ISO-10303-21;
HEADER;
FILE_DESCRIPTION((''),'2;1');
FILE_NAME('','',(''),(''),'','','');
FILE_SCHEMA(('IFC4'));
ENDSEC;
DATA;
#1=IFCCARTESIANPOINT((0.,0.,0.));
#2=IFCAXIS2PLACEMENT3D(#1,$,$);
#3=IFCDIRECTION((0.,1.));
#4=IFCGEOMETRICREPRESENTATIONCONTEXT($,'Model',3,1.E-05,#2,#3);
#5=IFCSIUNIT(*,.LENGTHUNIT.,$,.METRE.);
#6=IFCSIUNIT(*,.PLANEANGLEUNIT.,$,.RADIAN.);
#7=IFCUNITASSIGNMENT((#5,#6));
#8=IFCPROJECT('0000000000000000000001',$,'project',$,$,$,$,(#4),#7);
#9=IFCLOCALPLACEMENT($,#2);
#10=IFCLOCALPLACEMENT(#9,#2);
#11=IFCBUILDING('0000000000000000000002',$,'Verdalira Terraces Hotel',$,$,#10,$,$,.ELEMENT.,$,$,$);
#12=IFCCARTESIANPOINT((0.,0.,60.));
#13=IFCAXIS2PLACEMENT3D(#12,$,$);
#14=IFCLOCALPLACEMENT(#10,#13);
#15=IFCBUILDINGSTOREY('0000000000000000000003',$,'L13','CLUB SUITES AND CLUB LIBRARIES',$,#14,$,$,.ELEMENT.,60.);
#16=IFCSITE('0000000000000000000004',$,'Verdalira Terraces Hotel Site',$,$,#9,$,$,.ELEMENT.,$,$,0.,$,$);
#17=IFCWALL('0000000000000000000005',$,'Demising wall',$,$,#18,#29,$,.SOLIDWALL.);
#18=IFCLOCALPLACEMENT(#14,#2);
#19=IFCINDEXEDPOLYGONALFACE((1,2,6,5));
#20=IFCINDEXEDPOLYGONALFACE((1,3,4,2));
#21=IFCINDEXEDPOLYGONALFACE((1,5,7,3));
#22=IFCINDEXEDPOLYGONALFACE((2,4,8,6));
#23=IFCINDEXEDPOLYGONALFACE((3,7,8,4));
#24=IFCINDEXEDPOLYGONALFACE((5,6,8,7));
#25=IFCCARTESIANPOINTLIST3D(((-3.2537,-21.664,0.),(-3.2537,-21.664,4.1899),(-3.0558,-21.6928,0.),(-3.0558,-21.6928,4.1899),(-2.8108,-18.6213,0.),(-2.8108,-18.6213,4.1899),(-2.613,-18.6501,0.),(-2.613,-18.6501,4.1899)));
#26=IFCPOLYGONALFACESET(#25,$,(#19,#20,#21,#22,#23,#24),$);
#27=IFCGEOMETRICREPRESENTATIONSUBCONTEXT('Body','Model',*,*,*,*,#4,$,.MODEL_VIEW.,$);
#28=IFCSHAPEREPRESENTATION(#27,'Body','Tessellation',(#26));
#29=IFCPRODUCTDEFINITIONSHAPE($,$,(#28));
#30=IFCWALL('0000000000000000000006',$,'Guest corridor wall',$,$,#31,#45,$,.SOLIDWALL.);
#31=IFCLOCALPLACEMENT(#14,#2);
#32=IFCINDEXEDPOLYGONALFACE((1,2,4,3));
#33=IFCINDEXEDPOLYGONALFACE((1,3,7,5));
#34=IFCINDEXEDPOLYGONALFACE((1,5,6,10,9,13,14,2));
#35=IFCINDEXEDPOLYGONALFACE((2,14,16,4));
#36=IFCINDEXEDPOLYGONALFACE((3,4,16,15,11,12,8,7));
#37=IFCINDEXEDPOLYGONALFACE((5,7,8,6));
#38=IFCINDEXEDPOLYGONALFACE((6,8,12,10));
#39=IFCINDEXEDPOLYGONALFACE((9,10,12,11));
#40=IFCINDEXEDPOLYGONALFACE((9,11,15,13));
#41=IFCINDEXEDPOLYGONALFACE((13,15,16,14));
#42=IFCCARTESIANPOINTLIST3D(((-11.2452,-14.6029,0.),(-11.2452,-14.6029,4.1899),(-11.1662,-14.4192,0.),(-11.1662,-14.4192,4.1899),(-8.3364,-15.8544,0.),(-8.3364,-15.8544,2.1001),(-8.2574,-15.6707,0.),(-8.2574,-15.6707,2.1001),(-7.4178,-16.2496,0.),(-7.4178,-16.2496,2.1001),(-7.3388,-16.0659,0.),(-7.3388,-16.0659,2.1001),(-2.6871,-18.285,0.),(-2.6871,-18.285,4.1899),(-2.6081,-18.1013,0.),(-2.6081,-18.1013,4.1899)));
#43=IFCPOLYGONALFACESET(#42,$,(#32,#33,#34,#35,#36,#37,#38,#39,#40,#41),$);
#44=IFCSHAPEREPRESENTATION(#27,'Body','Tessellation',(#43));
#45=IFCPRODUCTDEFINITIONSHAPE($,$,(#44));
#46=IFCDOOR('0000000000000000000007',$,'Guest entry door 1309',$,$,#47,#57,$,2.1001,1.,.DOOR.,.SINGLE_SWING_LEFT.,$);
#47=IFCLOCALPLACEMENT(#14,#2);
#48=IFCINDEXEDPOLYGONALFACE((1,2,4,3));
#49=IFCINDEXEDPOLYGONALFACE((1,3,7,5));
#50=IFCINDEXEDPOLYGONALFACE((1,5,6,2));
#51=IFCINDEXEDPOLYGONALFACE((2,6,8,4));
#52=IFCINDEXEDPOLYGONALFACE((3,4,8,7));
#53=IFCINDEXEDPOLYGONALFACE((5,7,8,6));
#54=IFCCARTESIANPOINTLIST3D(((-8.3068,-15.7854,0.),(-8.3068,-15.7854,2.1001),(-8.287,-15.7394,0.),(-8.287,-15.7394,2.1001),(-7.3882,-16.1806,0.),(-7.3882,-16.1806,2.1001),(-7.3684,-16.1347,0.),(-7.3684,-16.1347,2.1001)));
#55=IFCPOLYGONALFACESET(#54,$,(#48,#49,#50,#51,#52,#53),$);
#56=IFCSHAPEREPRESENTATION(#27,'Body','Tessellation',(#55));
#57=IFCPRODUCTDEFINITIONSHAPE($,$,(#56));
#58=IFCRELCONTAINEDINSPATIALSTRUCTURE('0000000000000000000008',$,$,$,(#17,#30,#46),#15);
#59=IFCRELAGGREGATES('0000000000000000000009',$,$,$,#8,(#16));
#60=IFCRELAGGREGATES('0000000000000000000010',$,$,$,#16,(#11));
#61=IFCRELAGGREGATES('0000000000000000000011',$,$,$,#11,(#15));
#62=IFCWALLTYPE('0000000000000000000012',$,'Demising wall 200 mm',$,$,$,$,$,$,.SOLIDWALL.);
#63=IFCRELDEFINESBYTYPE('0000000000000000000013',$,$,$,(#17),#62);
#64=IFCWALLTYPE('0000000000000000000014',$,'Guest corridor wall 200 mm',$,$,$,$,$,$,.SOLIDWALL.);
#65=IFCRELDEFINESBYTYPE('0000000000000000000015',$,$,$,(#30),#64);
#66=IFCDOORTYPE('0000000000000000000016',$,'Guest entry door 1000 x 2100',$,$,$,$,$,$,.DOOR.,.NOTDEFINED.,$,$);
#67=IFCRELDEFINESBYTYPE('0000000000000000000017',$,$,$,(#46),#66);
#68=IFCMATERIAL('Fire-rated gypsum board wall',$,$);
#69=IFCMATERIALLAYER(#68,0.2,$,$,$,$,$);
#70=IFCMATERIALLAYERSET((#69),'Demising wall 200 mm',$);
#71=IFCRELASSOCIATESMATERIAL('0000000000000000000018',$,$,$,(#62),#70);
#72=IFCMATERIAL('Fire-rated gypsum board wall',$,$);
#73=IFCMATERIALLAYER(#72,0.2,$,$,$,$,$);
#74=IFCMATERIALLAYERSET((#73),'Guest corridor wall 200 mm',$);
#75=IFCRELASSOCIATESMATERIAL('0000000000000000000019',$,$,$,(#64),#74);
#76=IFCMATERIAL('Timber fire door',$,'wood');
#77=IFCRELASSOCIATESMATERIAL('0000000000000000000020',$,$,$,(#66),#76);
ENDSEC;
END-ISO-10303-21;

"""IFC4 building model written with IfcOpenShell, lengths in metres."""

from ifc_helpers import new_model, si_unit, direction, frame, frame_2d, origin, place, context, subcontext, project, spatial, rectangle, extrude, material, layer, layer_set, type_object, element, fill, save


model = new_model("IFC4")

# Units and contexts
model_context = context("Model", 3, precision=1e-05, world=origin(), true_north=direction((0.0, 1.0)))
body_context = subcontext(model_context, "Body", "Model", "MODEL_VIEW")
ifc_project = project(units=[si_unit("LENGTHUNIT", "METRE"), si_unit("PLANEANGLEUNIT", "RADIAN")], contexts=[model_context])

# Site, building, storey
site_placement = place(None, origin())
site = spatial("IfcSite", under=ifc_project, at=site_placement, Name="Verdalira Terraces Hotel Site", CompositionType="ELEMENT", RefElevation=0.0)
building_placement = place(site_placement, origin())
building = spatial("IfcBuilding", under=site, at=building_placement, Name="Verdalira Terraces Hotel", CompositionType="ELEMENT")
storey_placement = place(building_placement, frame((0.0, 0.0, 60.0)))
storey = spatial("IfcBuildingStorey", under=building, at=storey_placement, Name="L13", Description="CLUB SUITES AND CLUB LIBRARIES", CompositionType="ELEMENT", Elevation=60.0)

# Wall
ifc_material_1 = material(Name="Fire-rated gypsum board wall")
ifc_layer_1 = layer(ifc_material_1, 0.2)
ifc_layer_set_1 = layer_set([ifc_layer_1], Name="Demising wall 200 mm")
wall_type_1 = type_object("IfcWallType", Name="Demising wall 200 mm", PredefinedType="SOLIDWALL", material=ifc_layer_set_1)
for number, where, z_axis, x_axis, name in (
    (1, (-2.7119, -18.6357, 0.0), (0.0, 0.0, 1.0), (-0.144033, -0.989573, 0.0), "Demising wall"),
):
    element("IfcWall", number, at=place(storey_placement, frame(where, z_axis=z_axis, x_axis=x_axis)), inside=storey, type_object=wall_type_1, Name=name, PredefinedType="SOLIDWALL", context=body_context, shape_type="SweptSolid", body=[
        extrude(rectangle(XDim=3.0747, YDim=0.2, at=frame_2d((1.5374, 0.0))), origin(), (0.0, 0.0, 1.0), 4.1899),
    ])

# Wall, opening, door
ifc_material_2 = material(Name="Fire-rated gypsum board wall")
ifc_layer_2 = layer(ifc_material_2, 0.2)
ifc_layer_set_2 = layer_set([ifc_layer_2], Name="Guest corridor wall 200 mm")
wall_type_2 = type_object("IfcWallType", Name="Guest corridor wall 200 mm", PredefinedType="SOLIDWALL", material=ifc_layer_set_2)
wall_1_placement = place(storey_placement, frame((-2.6477, -18.1931, 0.0), z_axis=(0.0, 0.0, 1.0), x_axis=(-0.918586, 0.395222, 0.0)))
wall_1 = element("IfcWall", 2, at=wall_1_placement, inside=storey, type_object=wall_type_2, Name="Guest corridor wall", PredefinedType="SOLIDWALL", context=body_context, shape_type="SweptSolid", body=[
    extrude(rectangle(XDim=9.3166, YDim=0.2, at=frame_2d((4.6582, 0.0))), origin(), (0.0, 0.0, 1.0), 4.1899),
])
opening_1_placement = place(wall_1_placement, frame((5.1499, 0.0, 0.0)))
opening_1 = element("IfcOpeningElement", 3, at=opening_1_placement, cuts=wall_1, PredefinedType="OPENING", context=body_context, shape_type="SweptSolid", body=[
    extrude(rectangle(XDim=1.0, YDim=2.1001, at=frame_2d((0.5, 1.05))), frame((0.0, 0.1099, 0.0), z_axis=(0.0, -1.0, 0.0), x_axis=(1.0, 0.0, 0.0)), (0.0, 0.0, 1.0), 0.22),
])
ifc_material_3 = material(Name="Timber fire door", Category="wood")
door_type_1 = type_object("IfcDoorType", Name="Guest entry door 1000 x 2100", OperationType="NOTDEFINED", PredefinedType="DOOR", material=ifc_material_3)
door_1_placement = place(opening_1_placement, origin())
door_1 = element("IfcDoor", 4, at=door_1_placement, inside=storey, type_object=door_type_1, Name="Guest entry door 1309", OperationType="SINGLE_SWING_LEFT", OverallHeight=2.1001, OverallWidth=1.0, PredefinedType="DOOR", context=body_context, shape_type="SweptSolid", body=[
    extrude(rectangle(XDim=1.0, YDim=2.1001, at=frame_2d((0.5, 1.05))), frame((0.0, 0.0249, 0.0), z_axis=(0.0, -1.0, 0.0), x_axis=(1.0, 0.0, 0.0)), (0.0, 0.0, 1.0), 0.05),
])
fill(opening_1, door_1)

save(model, "model.ifc")
